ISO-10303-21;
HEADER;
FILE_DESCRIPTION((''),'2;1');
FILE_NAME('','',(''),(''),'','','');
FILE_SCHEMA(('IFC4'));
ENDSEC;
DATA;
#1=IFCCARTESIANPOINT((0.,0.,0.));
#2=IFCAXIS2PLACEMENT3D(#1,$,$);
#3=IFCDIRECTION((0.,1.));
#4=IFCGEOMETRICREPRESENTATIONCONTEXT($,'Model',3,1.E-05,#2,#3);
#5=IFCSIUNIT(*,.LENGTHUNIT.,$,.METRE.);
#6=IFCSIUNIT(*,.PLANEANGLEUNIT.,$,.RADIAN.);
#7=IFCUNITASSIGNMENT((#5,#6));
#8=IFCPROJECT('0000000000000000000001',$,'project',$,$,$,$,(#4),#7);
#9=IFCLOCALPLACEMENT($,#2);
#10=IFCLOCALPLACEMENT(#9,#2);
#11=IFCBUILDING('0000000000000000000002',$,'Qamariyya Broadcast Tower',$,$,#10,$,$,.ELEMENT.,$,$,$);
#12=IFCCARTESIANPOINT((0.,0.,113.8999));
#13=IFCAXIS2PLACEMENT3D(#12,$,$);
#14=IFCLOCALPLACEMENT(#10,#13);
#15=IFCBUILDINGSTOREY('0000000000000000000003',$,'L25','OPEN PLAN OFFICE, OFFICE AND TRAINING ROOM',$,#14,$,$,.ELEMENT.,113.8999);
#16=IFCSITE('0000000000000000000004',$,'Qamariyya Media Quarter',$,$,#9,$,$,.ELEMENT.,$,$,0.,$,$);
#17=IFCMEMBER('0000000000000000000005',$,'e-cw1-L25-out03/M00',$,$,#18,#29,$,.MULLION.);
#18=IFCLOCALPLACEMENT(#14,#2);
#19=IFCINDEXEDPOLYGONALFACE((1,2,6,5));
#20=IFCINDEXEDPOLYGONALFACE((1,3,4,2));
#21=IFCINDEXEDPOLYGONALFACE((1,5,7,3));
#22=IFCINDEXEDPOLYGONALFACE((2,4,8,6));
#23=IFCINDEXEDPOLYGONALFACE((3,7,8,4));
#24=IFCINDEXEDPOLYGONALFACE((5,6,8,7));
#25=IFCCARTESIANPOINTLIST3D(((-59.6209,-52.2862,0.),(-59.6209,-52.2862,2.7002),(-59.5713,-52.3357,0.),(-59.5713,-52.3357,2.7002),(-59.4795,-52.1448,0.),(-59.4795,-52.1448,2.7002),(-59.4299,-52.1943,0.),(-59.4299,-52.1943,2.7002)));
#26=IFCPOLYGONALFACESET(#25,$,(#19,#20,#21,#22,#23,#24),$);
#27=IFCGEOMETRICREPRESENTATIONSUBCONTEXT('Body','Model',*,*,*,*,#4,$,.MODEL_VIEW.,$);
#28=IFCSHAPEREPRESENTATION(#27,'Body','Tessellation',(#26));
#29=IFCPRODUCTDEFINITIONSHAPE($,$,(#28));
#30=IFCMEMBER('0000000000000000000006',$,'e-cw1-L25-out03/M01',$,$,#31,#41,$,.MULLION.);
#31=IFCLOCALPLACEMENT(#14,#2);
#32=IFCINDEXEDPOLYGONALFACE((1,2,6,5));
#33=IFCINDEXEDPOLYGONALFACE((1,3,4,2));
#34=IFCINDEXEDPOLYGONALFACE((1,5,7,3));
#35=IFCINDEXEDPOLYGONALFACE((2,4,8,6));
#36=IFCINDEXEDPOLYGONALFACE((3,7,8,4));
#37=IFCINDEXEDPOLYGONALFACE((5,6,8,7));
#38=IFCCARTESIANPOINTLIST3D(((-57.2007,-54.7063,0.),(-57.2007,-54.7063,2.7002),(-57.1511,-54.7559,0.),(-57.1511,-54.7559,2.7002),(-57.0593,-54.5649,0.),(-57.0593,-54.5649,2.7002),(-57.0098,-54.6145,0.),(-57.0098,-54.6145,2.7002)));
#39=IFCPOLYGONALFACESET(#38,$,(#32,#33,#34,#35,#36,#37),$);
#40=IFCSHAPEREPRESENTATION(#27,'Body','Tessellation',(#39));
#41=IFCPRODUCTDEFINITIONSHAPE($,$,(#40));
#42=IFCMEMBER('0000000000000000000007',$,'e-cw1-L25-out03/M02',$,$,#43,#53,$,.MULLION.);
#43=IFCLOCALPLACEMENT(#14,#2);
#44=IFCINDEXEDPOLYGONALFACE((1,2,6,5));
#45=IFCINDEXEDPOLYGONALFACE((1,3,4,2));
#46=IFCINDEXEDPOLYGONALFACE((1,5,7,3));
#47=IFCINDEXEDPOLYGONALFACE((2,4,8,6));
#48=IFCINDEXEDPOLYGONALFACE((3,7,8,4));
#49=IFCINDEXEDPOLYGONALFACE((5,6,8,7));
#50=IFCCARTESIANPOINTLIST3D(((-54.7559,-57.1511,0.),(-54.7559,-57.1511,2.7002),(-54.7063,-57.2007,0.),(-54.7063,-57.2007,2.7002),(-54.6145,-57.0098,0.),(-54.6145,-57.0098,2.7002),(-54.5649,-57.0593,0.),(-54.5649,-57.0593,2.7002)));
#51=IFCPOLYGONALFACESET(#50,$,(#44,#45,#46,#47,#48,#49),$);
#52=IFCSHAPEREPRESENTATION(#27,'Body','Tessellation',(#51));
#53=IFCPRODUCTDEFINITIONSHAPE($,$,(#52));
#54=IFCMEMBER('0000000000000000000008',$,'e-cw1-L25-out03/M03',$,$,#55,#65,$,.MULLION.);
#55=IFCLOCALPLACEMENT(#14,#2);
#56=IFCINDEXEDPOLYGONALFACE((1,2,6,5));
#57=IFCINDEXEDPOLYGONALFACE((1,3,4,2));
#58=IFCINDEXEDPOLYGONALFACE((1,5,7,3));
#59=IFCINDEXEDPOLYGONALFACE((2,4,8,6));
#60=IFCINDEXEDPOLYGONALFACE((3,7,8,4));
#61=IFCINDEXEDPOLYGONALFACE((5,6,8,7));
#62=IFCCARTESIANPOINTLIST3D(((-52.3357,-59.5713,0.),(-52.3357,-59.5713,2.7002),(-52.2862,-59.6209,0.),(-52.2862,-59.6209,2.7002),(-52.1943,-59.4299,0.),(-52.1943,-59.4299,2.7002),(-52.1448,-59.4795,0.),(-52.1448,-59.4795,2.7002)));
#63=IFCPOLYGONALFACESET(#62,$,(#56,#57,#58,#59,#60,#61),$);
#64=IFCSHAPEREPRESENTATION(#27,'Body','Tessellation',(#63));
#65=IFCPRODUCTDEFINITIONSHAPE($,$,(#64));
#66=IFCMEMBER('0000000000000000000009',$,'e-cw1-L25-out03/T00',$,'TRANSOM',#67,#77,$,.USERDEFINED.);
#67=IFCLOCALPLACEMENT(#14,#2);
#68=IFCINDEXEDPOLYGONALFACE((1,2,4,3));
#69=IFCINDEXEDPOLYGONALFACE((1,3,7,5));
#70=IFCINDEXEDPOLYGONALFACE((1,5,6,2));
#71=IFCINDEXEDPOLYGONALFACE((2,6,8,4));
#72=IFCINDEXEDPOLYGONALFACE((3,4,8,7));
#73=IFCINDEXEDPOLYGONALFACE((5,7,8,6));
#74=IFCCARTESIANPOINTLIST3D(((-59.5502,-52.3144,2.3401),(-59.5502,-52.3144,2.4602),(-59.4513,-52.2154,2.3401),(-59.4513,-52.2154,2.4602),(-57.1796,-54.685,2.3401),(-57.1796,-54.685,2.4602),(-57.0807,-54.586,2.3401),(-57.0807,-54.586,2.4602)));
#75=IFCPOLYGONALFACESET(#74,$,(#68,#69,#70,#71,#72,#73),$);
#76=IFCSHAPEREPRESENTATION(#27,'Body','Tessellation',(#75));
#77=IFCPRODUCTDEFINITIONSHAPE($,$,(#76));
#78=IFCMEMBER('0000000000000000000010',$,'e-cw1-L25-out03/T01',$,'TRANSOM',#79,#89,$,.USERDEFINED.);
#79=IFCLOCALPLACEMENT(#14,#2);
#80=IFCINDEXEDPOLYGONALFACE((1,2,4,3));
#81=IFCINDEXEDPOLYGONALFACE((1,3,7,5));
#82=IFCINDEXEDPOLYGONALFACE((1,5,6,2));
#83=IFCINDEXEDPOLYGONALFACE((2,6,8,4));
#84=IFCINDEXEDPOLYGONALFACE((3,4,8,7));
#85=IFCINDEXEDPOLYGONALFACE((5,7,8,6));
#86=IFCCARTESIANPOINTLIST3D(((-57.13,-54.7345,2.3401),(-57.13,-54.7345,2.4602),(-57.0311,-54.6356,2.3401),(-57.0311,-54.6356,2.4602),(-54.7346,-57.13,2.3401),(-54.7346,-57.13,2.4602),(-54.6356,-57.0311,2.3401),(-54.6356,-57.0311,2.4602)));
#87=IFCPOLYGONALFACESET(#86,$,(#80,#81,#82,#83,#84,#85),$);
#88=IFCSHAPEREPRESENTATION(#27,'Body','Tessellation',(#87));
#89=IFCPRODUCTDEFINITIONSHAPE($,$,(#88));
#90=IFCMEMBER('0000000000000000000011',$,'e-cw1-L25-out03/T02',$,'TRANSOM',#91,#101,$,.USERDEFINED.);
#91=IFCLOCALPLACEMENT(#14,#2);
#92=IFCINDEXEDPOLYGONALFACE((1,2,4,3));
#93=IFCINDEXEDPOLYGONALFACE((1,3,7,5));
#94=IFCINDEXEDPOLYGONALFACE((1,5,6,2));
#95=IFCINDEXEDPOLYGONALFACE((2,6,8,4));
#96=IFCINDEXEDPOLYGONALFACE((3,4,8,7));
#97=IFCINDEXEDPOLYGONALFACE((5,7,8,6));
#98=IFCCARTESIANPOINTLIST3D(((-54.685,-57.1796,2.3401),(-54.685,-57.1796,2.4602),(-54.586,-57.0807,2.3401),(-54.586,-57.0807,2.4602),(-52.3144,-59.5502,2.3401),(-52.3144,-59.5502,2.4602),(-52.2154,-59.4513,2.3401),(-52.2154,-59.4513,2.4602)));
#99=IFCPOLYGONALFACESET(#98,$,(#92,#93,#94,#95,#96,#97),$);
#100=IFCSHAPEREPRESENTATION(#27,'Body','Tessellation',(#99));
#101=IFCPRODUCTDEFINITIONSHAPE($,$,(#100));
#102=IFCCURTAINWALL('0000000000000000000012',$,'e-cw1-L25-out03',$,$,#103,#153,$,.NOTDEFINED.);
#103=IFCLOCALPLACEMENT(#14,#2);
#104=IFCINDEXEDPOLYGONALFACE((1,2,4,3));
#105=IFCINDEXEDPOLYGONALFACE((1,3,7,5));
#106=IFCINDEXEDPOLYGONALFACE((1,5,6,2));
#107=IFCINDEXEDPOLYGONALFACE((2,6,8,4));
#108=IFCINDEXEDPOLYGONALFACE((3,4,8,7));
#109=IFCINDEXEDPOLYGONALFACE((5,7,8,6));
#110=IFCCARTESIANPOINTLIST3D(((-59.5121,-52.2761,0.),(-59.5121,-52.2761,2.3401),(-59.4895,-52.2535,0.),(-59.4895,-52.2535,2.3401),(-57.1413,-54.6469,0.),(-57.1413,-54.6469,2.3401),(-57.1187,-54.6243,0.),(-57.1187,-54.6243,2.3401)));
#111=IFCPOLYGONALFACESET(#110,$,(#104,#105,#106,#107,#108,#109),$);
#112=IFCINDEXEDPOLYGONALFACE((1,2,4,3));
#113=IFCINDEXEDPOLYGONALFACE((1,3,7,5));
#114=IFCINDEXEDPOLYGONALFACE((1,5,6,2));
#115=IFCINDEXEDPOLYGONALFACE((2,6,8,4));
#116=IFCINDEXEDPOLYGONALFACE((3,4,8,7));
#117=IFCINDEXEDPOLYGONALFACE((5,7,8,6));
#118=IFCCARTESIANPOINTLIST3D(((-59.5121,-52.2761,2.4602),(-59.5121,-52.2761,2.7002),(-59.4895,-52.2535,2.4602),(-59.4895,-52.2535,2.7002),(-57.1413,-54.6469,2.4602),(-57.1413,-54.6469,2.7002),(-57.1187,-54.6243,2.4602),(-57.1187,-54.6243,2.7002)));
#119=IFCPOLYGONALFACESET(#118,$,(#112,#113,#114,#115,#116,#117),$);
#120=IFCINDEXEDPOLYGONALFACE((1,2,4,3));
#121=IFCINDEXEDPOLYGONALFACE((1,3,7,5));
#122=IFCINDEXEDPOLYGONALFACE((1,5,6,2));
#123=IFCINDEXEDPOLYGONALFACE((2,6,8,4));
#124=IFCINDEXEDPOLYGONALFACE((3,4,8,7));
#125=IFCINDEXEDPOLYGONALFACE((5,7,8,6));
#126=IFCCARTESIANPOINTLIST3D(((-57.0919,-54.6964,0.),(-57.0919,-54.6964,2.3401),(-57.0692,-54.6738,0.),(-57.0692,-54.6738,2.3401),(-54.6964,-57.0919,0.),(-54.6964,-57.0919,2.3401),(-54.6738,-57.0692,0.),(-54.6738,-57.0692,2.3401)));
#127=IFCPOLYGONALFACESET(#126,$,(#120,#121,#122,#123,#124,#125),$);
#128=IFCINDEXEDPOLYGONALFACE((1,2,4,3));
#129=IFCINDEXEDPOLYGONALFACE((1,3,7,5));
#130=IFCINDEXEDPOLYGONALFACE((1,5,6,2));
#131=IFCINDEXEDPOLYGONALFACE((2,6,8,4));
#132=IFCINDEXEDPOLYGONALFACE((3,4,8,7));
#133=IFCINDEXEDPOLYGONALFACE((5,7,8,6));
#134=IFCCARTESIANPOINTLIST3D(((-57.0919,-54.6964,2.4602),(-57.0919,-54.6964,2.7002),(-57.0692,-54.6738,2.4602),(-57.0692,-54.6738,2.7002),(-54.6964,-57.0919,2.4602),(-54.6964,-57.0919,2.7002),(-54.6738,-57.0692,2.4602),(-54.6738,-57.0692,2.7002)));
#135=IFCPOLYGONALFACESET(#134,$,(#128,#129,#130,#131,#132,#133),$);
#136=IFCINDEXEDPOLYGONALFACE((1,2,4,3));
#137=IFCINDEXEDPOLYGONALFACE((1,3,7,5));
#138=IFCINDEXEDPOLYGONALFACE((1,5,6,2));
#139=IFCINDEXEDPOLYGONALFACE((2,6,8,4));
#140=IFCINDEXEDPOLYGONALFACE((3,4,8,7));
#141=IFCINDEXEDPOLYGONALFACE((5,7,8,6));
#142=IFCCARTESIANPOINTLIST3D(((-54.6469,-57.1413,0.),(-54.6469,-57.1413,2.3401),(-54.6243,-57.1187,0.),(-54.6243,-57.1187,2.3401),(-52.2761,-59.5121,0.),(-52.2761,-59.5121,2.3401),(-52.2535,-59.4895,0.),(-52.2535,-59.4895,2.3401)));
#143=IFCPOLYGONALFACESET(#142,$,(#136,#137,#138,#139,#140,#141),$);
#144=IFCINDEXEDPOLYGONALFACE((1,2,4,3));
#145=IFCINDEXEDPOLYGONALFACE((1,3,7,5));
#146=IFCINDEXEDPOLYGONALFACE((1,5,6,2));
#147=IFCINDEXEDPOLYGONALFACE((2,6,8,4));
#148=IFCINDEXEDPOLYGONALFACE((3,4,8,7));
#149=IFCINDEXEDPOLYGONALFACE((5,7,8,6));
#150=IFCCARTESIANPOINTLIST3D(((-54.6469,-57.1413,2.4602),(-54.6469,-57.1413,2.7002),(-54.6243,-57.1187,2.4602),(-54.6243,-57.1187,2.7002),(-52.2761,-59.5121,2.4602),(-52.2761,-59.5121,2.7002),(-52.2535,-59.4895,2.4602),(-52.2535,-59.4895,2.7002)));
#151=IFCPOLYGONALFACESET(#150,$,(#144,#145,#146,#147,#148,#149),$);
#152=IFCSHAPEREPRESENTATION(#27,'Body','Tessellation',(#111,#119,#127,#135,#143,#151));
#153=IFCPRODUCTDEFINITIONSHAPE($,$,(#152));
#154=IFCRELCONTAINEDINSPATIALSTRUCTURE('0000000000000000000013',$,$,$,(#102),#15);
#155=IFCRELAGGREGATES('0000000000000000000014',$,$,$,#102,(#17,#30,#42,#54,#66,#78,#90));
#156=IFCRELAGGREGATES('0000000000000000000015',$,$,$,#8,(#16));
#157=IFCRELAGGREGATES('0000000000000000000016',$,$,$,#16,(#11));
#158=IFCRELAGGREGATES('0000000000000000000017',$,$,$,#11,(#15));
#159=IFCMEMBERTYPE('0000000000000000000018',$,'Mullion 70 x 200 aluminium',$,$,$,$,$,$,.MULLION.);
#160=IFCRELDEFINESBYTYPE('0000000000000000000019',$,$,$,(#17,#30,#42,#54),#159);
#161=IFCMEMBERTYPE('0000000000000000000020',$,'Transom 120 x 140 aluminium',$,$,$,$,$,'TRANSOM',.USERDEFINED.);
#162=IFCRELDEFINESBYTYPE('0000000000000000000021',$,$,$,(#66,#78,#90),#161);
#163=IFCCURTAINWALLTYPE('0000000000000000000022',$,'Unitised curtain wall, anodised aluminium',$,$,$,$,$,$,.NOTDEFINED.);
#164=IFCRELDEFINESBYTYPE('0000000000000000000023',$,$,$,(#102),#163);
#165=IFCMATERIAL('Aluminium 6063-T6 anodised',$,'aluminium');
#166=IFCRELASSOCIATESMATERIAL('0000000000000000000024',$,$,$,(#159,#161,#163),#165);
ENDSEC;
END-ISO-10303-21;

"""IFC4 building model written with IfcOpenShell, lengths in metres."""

from ifc_helpers import new_model, si_unit, direction, frame, origin, origin_2d, place, context, subcontext, project, spatial, rectangle, extrude, material, material_profile, profile_set, type_object, element, aggregate, save


model = new_model("IFC4")

# Units and contexts
model_context = context("Model", 3, precision=1e-05, world=origin(), true_north=direction((0.0, 1.0)))
body_context = subcontext(model_context, "Body", "Model", "MODEL_VIEW")
ifc_project = project(units=[si_unit("LENGTHUNIT", "METRE"), si_unit("PLANEANGLEUNIT", "RADIAN")], contexts=[model_context])

# Members
ifc_material = material(Name="Aluminium 6063-T6 anodised", Category="aluminium")
ifc_material_profile_1 = material_profile(ifc_material, rectangle(XDim=0.2, YDim=0.0701, at=origin_2d()))
ifc_profile_set_1 = profile_set([ifc_material_profile_1], Name="Aluminium 6063-T6 anodised")
member_type_1 = type_object("IfcMemberType", Name="Mullion 70 x 200 aluminium", PredefinedType="MULLION", material=ifc_profile_set_1)
site_placement = place(None, origin())
building_placement = place(site_placement, origin())
storey_placement = place(building_placement, frame((0.0, 0.0, 113.8999)))
member_1_placement = place(storey_placement, frame((-59.5254, -52.2402, 0.0), z_axis=(0.0, 0.0, 1.0), x_axis=(0.707107, 0.707107, 0.0)))
member_1 = element("IfcMember", 1, at=member_1_placement, type_object=member_type_1, Name="e-cw1-L25-out03/M00", PredefinedType="MULLION", context=body_context, shape_type="SweptSolid", body=[
    extrude(rectangle(XDim=0.2, YDim=0.0701, at=origin_2d()), origin(), (0.0, 0.0, 1.0), 2.7002),
])
member_2_placement = place(storey_placement, frame((-57.1052, -54.6604, 0.0), z_axis=(0.0, 0.0, 1.0), x_axis=(0.707107, 0.707107, 0.0)))
member_2 = element("IfcMember", 2, at=member_2_placement, type_object=member_type_1, Name="e-cw1-L25-out03/M01", PredefinedType="MULLION", context=body_context, shape_type="SweptSolid", body=[
    extrude(rectangle(XDim=0.2, YDim=0.0701, at=origin_2d()), origin(), (0.0, 0.0, 1.0), 2.7002),
])
member_3_placement = place(storey_placement, frame((-54.6604, -57.1052, 0.0), z_axis=(0.0, 0.0, 1.0), x_axis=(0.707107, 0.707107, 0.0)))
member_3 = element("IfcMember", 3, at=member_3_placement, type_object=member_type_1, Name="e-cw1-L25-out03/M02", PredefinedType="MULLION", context=body_context, shape_type="SweptSolid", body=[
    extrude(rectangle(XDim=0.2, YDim=0.0701, at=origin_2d()), origin(), (0.0, 0.0, 1.0), 2.7002),
])
member_4_placement = place(storey_placement, frame((-52.2402, -59.5254, 0.0), z_axis=(0.0, 0.0, 1.0), x_axis=(0.707107, 0.707107, 0.0)))
member_4 = element("IfcMember", 4, at=member_4_placement, type_object=member_type_1, Name="e-cw1-L25-out03/M03", PredefinedType="MULLION", context=body_context, shape_type="SweptSolid", body=[
    extrude(rectangle(XDim=0.2, YDim=0.0701, at=origin_2d()), origin(), (0.0, 0.0, 1.0), 2.7002),
])
ifc_material_profile_2 = material_profile(ifc_material, rectangle(XDim=0.1399, YDim=0.1201, at=origin_2d()))
ifc_profile_set_2 = profile_set([ifc_material_profile_2], Name="Aluminium 6063-T6 anodised")
member_type_2 = type_object("IfcMemberType", Name="Transom 120 x 140 aluminium", ElementType="TRANSOM", PredefinedType="USERDEFINED", material=ifc_profile_set_2)
member_5_placement = place(storey_placement, frame((-59.5007, -52.2649, 2.4001), z_axis=(0.707107, -0.707107, 0.0), x_axis=(0.707107, 0.707107, 0.0)))
member_5 = element("IfcMember", 5, at=member_5_placement, type_object=member_type_2, Name="e-cw1-L25-out03/T00", ObjectType="TRANSOM", PredefinedType="USERDEFINED", context=body_context, shape_type="SweptSolid", body=[
    extrude(rectangle(XDim=0.1399, YDim=0.1201, at=origin_2d()), origin(), (0.0, 0.0, 1.0), 3.3525),
])
member_6_placement = place(storey_placement, frame((-57.0806, -54.6851, 2.4001), z_axis=(0.707107, -0.707107, 0.0), x_axis=(0.707107, 0.707107, 0.0)))
member_6 = element("IfcMember", 6, at=member_6_placement, type_object=member_type_2, Name="e-cw1-L25-out03/T01", ObjectType="TRANSOM", PredefinedType="USERDEFINED", context=body_context, shape_type="SweptSolid", body=[
    extrude(rectangle(XDim=0.1399, YDim=0.1201, at=origin_2d()), origin(), (0.0, 0.0, 1.0), 3.3877),
])
member_7_placement = place(storey_placement, frame((-54.6355, -57.1301, 2.4001), z_axis=(0.707107, -0.707107, 0.0), x_axis=(0.707107, 0.707107, 0.0)))
member_7 = element("IfcMember", 7, at=member_7_placement, type_object=member_type_2, Name="e-cw1-L25-out03/T02", ObjectType="TRANSOM", PredefinedType="USERDEFINED", context=body_context, shape_type="SweptSolid", body=[
    extrude(rectangle(XDim=0.1399, YDim=0.1201, at=origin_2d()), origin(), (0.0, 0.0, 1.0), 3.3525),
])

# Site, building, storey
site = spatial("IfcSite", under=ifc_project, at=site_placement, Name="Qamariyya Media Quarter", CompositionType="ELEMENT", RefElevation=0.0)
building = spatial("IfcBuilding", under=site, at=building_placement, Name="Qamariyya Broadcast Tower", CompositionType="ELEMENT")
storey = spatial("IfcBuildingStorey", under=building, at=storey_placement, Name="L25", Description="OPEN PLAN OFFICE, OFFICE AND TRAINING ROOM", CompositionType="ELEMENT", Elevation=113.8999)

# Curtain wall
curtain_wall_type = type_object("IfcCurtainWallType", Name="Unitised curtain wall, anodised aluminium", PredefinedType="NOTDEFINED", material=ifc_material)
curtain_wall_1_placement = place(storey_placement, origin())
curtain_wall_1 = element("IfcCurtainWall", 8, at=curtain_wall_1_placement, inside=storey, type_object=curtain_wall_type, Name="e-cw1-L25-out03", PredefinedType="NOTDEFINED", context=body_context, shape_type="SweptSolid", body=[
    extrude(rectangle(XDim=3.3528, YDim=0.032, at=origin_2d()), frame((-58.3154, -53.4502, 0.0), x_axis=(0.707107, -0.707107, 0.0)), (0.0, 0.0, 1.0), 2.3401),
    extrude(rectangle(XDim=3.3528, YDim=0.032, at=origin_2d()), frame((-58.3154, -53.4502, 2.4602), x_axis=(0.707107, -0.707107, 0.0)), (0.0, 0.0, 1.0), 0.24),
    extrude(rectangle(XDim=3.3877, YDim=0.032, at=origin_2d()), frame((-55.8828, -55.8828, 0.0), x_axis=(0.707107, -0.707107, 0.0)), (0.0, 0.0, 1.0), 2.3401),
    extrude(rectangle(XDim=3.3877, YDim=0.032, at=origin_2d()), frame((-55.8828, -55.8828, 2.4602), x_axis=(0.707107, -0.707107, 0.0)), (0.0, 0.0, 1.0), 0.24),
    extrude(rectangle(XDim=3.3528, YDim=0.032, at=origin_2d()), frame((-53.4502, -58.3154, 0.0), x_axis=(0.707107, -0.707107, 0.0)), (0.0, 0.0, 1.0), 2.3401),
    extrude(rectangle(XDim=3.3528, YDim=0.032, at=origin_2d()), frame((-53.4502, -58.3154, 2.4602), x_axis=(0.707107, -0.707107, 0.0)), (0.0, 0.0, 1.0), 0.24),
])
aggregate(curtain_wall_1, [member_1, member_2, member_3, member_4, member_5, member_6, member_7])

save(model, "model.ifc")
